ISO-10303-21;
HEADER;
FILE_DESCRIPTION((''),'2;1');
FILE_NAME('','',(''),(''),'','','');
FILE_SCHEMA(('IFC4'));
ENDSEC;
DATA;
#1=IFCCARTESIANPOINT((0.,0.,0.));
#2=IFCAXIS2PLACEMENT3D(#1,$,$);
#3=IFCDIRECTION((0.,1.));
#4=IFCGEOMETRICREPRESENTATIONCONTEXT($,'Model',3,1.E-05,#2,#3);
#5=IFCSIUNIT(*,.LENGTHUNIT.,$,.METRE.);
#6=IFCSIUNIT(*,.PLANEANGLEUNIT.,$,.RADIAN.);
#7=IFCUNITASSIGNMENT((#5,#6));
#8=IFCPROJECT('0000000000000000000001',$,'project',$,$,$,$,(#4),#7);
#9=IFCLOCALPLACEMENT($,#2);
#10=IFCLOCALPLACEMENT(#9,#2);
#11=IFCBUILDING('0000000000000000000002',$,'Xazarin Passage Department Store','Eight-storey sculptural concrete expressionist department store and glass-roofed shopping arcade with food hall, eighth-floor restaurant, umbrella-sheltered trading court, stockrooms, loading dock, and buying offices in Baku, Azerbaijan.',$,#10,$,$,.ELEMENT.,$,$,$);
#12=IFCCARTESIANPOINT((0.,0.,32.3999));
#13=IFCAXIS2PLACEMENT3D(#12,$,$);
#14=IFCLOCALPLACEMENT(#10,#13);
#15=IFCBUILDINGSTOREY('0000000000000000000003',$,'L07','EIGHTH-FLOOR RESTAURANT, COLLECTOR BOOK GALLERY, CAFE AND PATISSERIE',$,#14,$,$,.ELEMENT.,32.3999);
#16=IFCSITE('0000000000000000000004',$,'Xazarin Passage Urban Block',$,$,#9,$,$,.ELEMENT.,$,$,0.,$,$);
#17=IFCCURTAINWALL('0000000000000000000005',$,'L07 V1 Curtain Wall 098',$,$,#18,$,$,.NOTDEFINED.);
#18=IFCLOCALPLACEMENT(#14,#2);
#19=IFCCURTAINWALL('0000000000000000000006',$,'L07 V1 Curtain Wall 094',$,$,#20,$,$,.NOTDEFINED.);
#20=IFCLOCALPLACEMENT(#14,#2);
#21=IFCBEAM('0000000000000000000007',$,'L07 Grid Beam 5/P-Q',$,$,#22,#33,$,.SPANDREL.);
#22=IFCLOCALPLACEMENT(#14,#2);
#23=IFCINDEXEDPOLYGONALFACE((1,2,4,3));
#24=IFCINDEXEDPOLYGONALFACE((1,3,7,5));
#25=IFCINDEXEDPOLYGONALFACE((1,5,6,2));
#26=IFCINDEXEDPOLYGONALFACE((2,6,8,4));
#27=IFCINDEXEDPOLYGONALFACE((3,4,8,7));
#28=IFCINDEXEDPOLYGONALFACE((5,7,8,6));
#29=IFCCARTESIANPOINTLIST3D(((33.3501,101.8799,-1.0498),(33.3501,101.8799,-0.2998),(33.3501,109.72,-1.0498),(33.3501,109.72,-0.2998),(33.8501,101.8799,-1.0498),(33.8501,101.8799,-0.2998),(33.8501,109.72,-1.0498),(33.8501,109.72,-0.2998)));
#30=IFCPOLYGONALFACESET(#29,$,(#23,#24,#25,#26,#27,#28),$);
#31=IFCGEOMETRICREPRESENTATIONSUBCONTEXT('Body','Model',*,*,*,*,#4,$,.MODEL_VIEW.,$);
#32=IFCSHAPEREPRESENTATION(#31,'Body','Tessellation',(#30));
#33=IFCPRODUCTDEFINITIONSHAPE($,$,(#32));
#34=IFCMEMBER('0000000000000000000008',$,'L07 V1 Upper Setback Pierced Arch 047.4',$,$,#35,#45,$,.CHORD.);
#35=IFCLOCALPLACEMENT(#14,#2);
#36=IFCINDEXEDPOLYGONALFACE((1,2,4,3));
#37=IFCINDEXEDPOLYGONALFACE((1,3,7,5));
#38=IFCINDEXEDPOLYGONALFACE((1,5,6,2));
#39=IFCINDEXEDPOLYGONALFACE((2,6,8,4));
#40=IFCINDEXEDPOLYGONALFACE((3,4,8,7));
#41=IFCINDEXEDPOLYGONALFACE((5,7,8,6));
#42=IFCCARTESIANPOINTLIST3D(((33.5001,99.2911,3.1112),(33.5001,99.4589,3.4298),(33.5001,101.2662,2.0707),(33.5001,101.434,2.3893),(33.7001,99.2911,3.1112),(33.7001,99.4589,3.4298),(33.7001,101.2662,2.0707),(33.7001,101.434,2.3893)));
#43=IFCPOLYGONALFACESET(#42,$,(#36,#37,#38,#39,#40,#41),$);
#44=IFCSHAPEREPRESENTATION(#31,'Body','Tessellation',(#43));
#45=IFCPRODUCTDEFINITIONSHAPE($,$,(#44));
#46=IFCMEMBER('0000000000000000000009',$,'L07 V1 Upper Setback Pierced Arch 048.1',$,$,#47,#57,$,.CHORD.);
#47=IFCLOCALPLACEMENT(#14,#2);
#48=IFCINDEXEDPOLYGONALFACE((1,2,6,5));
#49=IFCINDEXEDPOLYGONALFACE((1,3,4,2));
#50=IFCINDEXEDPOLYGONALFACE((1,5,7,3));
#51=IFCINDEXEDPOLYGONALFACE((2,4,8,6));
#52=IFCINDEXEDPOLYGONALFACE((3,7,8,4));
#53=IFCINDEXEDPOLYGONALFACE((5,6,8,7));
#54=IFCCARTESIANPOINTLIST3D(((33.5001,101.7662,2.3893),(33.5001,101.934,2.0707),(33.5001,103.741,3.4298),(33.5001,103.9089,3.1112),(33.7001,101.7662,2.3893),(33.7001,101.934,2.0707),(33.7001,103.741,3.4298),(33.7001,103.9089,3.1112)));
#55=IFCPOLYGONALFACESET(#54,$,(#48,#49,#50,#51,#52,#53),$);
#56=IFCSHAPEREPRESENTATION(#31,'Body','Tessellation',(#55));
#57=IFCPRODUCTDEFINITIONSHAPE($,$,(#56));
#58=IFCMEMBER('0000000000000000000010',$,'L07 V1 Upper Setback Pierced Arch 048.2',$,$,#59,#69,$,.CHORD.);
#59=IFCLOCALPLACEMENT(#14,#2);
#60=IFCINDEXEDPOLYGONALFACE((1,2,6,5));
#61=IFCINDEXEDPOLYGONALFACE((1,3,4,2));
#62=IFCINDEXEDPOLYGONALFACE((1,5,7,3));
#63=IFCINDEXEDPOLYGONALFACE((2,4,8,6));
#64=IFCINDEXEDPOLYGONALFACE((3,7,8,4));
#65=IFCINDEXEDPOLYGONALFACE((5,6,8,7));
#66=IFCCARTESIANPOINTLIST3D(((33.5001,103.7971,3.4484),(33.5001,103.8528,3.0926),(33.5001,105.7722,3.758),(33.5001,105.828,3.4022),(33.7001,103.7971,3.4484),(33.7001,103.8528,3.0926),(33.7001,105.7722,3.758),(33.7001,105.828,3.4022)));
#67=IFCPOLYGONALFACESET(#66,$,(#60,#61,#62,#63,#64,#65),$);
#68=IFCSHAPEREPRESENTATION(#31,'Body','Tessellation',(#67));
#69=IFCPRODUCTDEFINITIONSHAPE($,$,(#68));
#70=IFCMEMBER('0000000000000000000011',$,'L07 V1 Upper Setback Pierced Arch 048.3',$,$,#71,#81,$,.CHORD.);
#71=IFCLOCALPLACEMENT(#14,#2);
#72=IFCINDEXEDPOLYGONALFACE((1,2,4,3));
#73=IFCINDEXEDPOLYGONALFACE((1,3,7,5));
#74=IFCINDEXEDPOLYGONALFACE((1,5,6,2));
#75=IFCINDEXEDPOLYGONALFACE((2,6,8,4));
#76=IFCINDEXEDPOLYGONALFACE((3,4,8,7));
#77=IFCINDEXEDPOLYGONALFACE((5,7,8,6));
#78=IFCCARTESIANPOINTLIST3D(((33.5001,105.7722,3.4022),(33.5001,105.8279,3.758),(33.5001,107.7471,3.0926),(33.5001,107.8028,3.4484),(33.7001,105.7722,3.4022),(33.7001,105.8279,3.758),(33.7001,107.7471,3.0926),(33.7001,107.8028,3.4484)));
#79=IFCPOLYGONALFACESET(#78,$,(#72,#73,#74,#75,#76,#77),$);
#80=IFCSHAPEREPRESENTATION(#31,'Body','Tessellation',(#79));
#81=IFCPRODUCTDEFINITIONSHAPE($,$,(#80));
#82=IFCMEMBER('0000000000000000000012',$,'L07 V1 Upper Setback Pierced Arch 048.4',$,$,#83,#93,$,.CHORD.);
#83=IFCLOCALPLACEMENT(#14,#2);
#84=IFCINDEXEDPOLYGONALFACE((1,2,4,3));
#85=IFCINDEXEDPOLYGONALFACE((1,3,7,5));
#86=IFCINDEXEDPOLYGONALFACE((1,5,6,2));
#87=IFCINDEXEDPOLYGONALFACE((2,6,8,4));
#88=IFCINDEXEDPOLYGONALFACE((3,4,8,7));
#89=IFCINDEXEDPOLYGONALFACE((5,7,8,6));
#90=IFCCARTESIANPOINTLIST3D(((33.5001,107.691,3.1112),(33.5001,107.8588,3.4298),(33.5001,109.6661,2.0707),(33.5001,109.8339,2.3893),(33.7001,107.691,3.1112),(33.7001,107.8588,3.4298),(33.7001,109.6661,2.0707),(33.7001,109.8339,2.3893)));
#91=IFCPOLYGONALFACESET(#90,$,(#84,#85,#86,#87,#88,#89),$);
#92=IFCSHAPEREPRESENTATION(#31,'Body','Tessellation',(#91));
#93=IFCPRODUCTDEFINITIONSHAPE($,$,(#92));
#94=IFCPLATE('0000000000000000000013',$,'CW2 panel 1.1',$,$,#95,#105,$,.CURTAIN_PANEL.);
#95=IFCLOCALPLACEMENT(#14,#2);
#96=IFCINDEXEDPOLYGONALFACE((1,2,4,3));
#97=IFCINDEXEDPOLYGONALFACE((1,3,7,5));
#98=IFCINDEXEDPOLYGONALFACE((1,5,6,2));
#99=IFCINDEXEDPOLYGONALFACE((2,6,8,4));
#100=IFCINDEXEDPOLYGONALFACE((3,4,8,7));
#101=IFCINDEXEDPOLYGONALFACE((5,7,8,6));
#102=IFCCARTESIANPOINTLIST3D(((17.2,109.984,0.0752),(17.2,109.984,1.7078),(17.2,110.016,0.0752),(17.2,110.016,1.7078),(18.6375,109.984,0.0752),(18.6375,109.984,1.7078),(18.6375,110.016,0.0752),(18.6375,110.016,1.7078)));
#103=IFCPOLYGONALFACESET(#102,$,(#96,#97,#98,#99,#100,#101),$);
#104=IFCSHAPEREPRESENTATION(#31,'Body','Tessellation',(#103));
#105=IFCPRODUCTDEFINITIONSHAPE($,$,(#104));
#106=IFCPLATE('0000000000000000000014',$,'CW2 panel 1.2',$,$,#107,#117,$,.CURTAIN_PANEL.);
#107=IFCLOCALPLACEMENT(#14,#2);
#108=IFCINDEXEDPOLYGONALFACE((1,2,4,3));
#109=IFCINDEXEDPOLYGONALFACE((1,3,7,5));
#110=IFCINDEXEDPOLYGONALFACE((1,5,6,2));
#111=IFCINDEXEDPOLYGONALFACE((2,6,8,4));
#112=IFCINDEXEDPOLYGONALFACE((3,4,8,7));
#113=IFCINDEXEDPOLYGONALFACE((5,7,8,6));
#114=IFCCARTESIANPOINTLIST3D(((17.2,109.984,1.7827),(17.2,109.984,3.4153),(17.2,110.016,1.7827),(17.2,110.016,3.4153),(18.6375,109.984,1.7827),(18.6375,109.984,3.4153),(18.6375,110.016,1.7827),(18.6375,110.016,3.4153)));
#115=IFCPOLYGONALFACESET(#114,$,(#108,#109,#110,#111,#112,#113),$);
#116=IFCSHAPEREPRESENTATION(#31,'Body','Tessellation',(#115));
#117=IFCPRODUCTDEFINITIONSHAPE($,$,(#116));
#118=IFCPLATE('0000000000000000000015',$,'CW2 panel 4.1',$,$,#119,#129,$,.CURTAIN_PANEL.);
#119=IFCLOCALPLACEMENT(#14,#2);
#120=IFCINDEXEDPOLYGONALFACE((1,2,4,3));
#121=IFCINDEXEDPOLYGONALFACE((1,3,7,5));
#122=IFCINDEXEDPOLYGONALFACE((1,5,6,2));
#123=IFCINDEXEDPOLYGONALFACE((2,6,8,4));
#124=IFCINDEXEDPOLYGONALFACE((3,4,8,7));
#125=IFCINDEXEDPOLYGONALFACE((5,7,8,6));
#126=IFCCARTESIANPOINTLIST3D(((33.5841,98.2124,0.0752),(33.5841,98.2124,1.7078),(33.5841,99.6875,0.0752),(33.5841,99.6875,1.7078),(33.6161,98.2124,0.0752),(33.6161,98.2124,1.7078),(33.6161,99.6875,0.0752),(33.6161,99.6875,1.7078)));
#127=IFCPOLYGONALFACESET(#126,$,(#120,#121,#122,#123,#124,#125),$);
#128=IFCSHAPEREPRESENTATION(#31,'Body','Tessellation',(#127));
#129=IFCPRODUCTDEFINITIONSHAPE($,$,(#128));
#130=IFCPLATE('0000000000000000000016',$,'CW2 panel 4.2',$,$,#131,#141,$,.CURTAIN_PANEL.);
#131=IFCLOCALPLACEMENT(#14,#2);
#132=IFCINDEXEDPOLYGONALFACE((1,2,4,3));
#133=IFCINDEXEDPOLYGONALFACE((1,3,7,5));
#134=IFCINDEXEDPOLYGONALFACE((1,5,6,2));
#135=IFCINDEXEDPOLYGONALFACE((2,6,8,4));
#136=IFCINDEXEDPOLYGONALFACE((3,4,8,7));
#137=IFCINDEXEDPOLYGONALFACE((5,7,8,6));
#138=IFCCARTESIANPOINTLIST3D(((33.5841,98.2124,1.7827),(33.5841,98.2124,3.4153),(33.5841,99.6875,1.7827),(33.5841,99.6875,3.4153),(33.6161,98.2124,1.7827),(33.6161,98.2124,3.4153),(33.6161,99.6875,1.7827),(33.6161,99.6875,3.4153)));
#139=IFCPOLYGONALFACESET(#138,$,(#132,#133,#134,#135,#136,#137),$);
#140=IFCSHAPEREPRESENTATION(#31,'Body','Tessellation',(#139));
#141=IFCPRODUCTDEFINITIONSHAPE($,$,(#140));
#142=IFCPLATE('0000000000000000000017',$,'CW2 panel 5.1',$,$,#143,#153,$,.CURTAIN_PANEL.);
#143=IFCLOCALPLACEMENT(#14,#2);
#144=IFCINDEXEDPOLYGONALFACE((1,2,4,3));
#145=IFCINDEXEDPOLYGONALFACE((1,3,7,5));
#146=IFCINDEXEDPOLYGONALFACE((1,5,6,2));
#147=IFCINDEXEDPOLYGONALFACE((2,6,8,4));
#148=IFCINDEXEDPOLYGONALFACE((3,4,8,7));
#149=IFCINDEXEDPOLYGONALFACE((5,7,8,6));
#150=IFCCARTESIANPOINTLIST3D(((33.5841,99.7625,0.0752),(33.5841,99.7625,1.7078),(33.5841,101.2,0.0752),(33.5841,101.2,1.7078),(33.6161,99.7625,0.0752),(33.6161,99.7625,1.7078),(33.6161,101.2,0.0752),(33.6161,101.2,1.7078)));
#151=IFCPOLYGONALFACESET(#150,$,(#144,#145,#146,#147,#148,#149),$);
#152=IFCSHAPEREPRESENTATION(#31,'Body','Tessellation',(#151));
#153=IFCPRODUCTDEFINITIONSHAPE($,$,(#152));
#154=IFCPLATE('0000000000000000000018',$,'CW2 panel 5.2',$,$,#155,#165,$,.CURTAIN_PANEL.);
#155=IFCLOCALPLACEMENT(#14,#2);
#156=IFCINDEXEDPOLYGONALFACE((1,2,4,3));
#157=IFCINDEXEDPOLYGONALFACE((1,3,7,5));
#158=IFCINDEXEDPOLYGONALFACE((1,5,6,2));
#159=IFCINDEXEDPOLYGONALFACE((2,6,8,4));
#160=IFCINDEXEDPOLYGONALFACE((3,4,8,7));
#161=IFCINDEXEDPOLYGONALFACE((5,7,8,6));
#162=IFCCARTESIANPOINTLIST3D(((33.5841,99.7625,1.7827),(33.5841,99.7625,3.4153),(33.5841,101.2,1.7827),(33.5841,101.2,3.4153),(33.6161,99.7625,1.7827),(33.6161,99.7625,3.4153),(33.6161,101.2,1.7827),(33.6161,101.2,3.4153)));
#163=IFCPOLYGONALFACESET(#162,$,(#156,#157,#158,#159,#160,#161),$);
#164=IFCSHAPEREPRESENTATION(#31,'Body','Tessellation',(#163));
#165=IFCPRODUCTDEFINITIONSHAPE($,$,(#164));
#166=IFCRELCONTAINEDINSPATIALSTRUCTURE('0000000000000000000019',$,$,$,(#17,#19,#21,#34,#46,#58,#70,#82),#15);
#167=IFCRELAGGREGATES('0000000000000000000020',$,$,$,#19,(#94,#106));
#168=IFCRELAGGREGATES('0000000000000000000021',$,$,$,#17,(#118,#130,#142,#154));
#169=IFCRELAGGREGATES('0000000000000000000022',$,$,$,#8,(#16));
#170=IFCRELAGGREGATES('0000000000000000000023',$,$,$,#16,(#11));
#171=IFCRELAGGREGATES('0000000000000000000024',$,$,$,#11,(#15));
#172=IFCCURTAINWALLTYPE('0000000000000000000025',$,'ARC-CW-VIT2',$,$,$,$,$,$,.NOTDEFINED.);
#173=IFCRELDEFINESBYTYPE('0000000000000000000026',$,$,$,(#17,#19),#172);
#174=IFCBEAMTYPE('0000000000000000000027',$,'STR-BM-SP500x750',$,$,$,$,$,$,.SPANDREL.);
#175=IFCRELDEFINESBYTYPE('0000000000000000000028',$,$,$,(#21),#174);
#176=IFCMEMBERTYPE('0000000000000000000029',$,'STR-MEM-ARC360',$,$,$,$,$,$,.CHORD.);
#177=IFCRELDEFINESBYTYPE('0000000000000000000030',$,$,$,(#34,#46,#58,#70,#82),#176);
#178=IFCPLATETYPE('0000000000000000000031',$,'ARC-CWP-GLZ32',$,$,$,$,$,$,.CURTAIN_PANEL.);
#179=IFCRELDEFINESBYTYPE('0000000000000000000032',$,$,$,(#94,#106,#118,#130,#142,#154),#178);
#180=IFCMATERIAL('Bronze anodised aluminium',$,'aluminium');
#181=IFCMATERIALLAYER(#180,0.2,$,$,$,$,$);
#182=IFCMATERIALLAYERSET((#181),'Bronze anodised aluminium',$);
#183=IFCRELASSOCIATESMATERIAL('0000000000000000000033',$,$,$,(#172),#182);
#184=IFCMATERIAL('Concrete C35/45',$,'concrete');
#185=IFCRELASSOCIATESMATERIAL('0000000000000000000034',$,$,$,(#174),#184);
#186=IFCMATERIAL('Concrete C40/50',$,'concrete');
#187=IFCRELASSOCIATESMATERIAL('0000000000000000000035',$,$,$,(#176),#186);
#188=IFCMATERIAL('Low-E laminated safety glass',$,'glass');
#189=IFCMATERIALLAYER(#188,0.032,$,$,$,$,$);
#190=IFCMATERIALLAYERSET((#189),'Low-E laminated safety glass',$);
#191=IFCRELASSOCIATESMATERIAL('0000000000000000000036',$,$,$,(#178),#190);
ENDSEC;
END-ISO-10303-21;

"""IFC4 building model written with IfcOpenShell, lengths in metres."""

from ifc_helpers import new_model, si_unit, direction, frame, origin, origin_2d, place, context, subcontext, project, spatial, rectangle, extrude, material, layer, layer_set, material_profile, profile_set, type_object, element, aggregate, save


model = new_model("IFC4")

# Units and contexts
model_context = context("Model", 3, precision=1e-05, world=origin(), true_north=direction((0.0, 1.0)))
body_context = subcontext(model_context, "Body", "Model", "MODEL_VIEW")
ifc_project = project(units=[si_unit("LENGTHUNIT", "METRE"), si_unit("PLANEANGLEUNIT", "RADIAN")], contexts=[model_context])

# Site, building, storey
site_placement = place(None, origin())
site = spatial("IfcSite", under=ifc_project, at=site_placement, Name="Xazarin Passage Urban Block", CompositionType="ELEMENT", RefElevation=0.0)
building_placement = place(site_placement, origin())
building = spatial("IfcBuilding", under=site, at=building_placement, Name="Xazarin Passage Department Store", Description="Eight-storey sculptural concrete expressionist department store and glass-roofed shopping arcade with food hall, eighth-floor restaurant, umbrella-sheltered trading court, stockrooms, loading dock, and buying offices in Baku, Azerbaijan.", CompositionType="ELEMENT")
storey_placement = place(building_placement, frame((0.0, 0.0, 32.3999)))
storey = spatial("IfcBuildingStorey", under=building, at=storey_placement, Name="L07", Description="EIGHTH-FLOOR RESTAURANT, COLLECTOR BOOK GALLERY, CAFE AND PATISSERIE", CompositionType="ELEMENT", Elevation=32.3999)

# Shared definitions
ifc_material_1 = material(Name="Concrete C40/50", Category="concrete")

# Curtain wall
ifc_material_2 = material(Name="Bronze anodised aluminium", Category="aluminium")
ifc_layer_1 = layer(ifc_material_2, 0.2)
ifc_layer_set_1 = layer_set([ifc_layer_1], Name="Bronze anodised aluminium")
curtain_wall_type = type_object("IfcCurtainWallType", Name="ARC-CW-VIT2", PredefinedType="NOTDEFINED", material=ifc_layer_set_1)
curtain_wall_1_placement = place(storey_placement, origin())
curtain_wall_1 = element("IfcCurtainWall", 1, at=curtain_wall_1_placement, inside=storey, type_object=curtain_wall_type, Name="L07 V1 Curtain Wall 098", PredefinedType="NOTDEFINED")

# Curtain wall
curtain_wall_2_placement = place(storey_placement, origin())
curtain_wall_2 = element("IfcCurtainWall", 2, at=curtain_wall_2_placement, inside=storey, type_object=curtain_wall_type, Name="L07 V1 Curtain Wall 094", PredefinedType="NOTDEFINED")

# Beam
ifc_material_3 = material(Name="Concrete C35/45", Category="concrete")
ifc_material_profile_1 = material_profile(ifc_material_3, rectangle(XDim=0.5, YDim=0.75, at=origin_2d()), Name="RC 500x750")
ifc_profile_set_1 = profile_set([ifc_material_profile_1], Name="Concrete C35/45")
beam_type_1 = type_object("IfcBeamType", Name="STR-BM-SP500x750", PredefinedType="SPANDREL", material=ifc_profile_set_1)
beam_placement = place(storey_placement, frame((33.6001, 101.8799, -0.6748), z_axis=(0.0, 1.0, 0.0), x_axis=(-1.0, 0.0, 0.0)))
element("IfcBeam", 3, at=beam_placement, inside=storey, type_object=beam_type_1, Name="L07 Grid Beam 5/P-Q", PredefinedType="SPANDREL", context=body_context, shape_type="SweptSolid", body=[
    extrude(rectangle(XDim=0.5, YDim=0.75, at=origin_2d()), origin(), (0.0, 0.0, 1.0), 7.8401),
])

# Members
ifc_material_profile_2 = material_profile(ifc_material_1, rectangle(XDim=0.2, YDim=0.3601, at=origin_2d()), Name="RC 200x360")
ifc_profile_set_2 = profile_set([ifc_material_profile_2], Name="Concrete C40/50")
member_type_1 = type_object("IfcMemberType", Name="STR-MEM-ARC360", PredefinedType="CHORD", material=ifc_profile_set_2)
member_1_placement = place(storey_placement, frame((33.6001, 99.375, 3.2705), z_axis=(0.0, 0.884733, -0.466098), x_axis=(-1.0, 0.0, 0.0)))
element("IfcMember", 4, at=member_1_placement, inside=storey, type_object=member_type_1, Name="L07 V1 Upper Setback Pierced Arch 047.4", PredefinedType="CHORD", context=body_context, shape_type="SweptSolid", body=[
    extrude(rectangle(XDim=0.2, YDim=0.3601, at=origin_2d()), origin(), (0.0, 0.0, 1.0), 2.2324),
])
member_2_placement = place(storey_placement, frame((33.6001, 101.8501, 2.23), z_axis=(0.0, 0.884709, 0.466143), x_axis=(-1.0, 0.0, 0.0)))
element("IfcMember", 5, at=member_2_placement, inside=storey, type_object=member_type_1, Name="L07 V1 Upper Setback Pierced Arch 048.1", PredefinedType="CHORD", context=body_context, shape_type="SweptSolid", body=[
    extrude(rectangle(XDim=0.2, YDim=0.3601, at=origin_2d()), origin(), (0.0, 0.0, 1.0), 2.2322),
])
member_3_placement = place(storey_placement, frame((33.6001, 103.825, 3.2705), z_axis=(0.0, 0.987939, 0.154846), x_axis=(-1.0, 0.0, 0.0)))
element("IfcMember", 6, at=member_3_placement, inside=storey, type_object=member_type_1, Name="L07 V1 Upper Setback Pierced Arch 048.2", PredefinedType="CHORD", context=body_context, shape_type="SweptSolid", body=[
    extrude(rectangle(XDim=0.2, YDim=0.3601, at=origin_2d()), origin(), (0.0, 0.0, 1.0), 1.9993),
])
member_4_placement = place(storey_placement, frame((33.6001, 105.8, 3.5801), z_axis=(0.0, 0.987936, -0.154865), x_axis=(-1.0, 0.0, 0.0)))
element("IfcMember", 7, at=member_4_placement, inside=storey, type_object=member_type_1, Name="L07 V1 Upper Setback Pierced Arch 048.3", PredefinedType="CHORD", context=body_context, shape_type="SweptSolid", body=[
    extrude(rectangle(XDim=0.2, YDim=0.3601, at=origin_2d()), origin(), (0.0, 0.0, 1.0), 1.999),
])
member_5_placement = place(storey_placement, frame((33.6001, 107.7749, 3.2705), z_axis=(0.0, 0.884733, -0.466098), x_axis=(-1.0, 0.0, 0.0)))
element("IfcMember", 8, at=member_5_placement, inside=storey, type_object=member_type_1, Name="L07 V1 Upper Setback Pierced Arch 048.4", PredefinedType="CHORD", context=body_context, shape_type="SweptSolid", body=[
    extrude(rectangle(XDim=0.2, YDim=0.3601, at=origin_2d()), origin(), (0.0, 0.0, 1.0), 2.2324),
])

# Plates
ifc_material_4 = material(Name="Low-E laminated safety glass", Category="glass")
ifc_layer_2 = layer(ifc_material_4, 0.032)
ifc_layer_set_2 = layer_set([ifc_layer_2], Name="Low-E laminated safety glass")
plate_type = type_object("IfcPlateType", Name="ARC-CWP-GLZ32", PredefinedType="CURTAIN_PANEL", material=ifc_layer_set_2)
plate_1_placement = place(storey_placement, frame((17.9187, 110.0, 0.0752), z_axis=(0.0, 0.0, 1.0), x_axis=(1.0, 0.0, 0.0)))
plate_1 = element("IfcPlate", 9, at=plate_1_placement, type_object=plate_type, Name="CW2 panel 1.1", PredefinedType="CURTAIN_PANEL", context=body_context, shape_type="SweptSolid", body=[
    extrude(rectangle(XDim=1.4375, YDim=0.032, at=origin_2d()), origin(), (0.0, 0.0, 1.0), 1.6326),
])
plate_2_placement = place(storey_placement, frame((17.9187, 110.0, 1.7827), z_axis=(0.0, 0.0, 1.0), x_axis=(1.0, 0.0, 0.0)))
plate_2 = element("IfcPlate", 10, at=plate_2_placement, type_object=plate_type, Name="CW2 panel 1.2", PredefinedType="CURTAIN_PANEL", context=body_context, shape_type="SweptSolid", body=[
    extrude(rectangle(XDim=1.4375, YDim=0.032, at=origin_2d()), origin(), (0.0, 0.0, 1.0), 1.6326),
])
aggregate(curtain_wall_2, [plate_1, plate_2])
plate_3_placement = place(storey_placement, frame((33.6001, 98.95, 0.0752), z_axis=(0.0, 0.0, 1.0), x_axis=(0.0, 1.0, 0.0)))
plate_3 = element("IfcPlate", 11, at=plate_3_placement, type_object=plate_type, Name="CW2 panel 4.1", PredefinedType="CURTAIN_PANEL", context=body_context, shape_type="SweptSolid", body=[
    extrude(rectangle(XDim=1.4751, YDim=0.032, at=origin_2d()), origin(), (0.0, 0.0, 1.0), 1.6326),
])
plate_4_placement = place(storey_placement, frame((33.6001, 98.95, 1.7827), z_axis=(0.0, 0.0, 1.0), x_axis=(0.0, 1.0, 0.0)))
plate_4 = element("IfcPlate", 12, at=plate_4_placement, type_object=plate_type, Name="CW2 panel 4.2", PredefinedType="CURTAIN_PANEL", context=body_context, shape_type="SweptSolid", body=[
    extrude(rectangle(XDim=1.4751, YDim=0.032, at=origin_2d()), origin(), (0.0, 0.0, 1.0), 1.6326),
])
plate_5_placement = place(storey_placement, frame((33.6001, 100.4812, 0.0752), z_axis=(0.0, 0.0, 1.0), x_axis=(0.0, 1.0, 0.0)))
plate_5 = element("IfcPlate", 13, at=plate_5_placement, type_object=plate_type, Name="CW2 panel 5.1", PredefinedType="CURTAIN_PANEL", context=body_context, shape_type="SweptSolid", body=[
    extrude(rectangle(XDim=1.4375, YDim=0.032, at=origin_2d()), origin(), (0.0, 0.0, 1.0), 1.6326),
])
plate_6_placement = place(storey_placement, frame((33.6001, 100.4812, 1.7827), z_axis=(0.0, 0.0, 1.0), x_axis=(0.0, 1.0, 0.0)))
plate_6 = element("IfcPlate", 14, at=plate_6_placement, type_object=plate_type, Name="CW2 panel 5.2", PredefinedType="CURTAIN_PANEL", context=body_context, shape_type="SweptSolid", body=[
    extrude(rectangle(XDim=1.4375, YDim=0.032, at=origin_2d()), origin(), (0.0, 0.0, 1.0), 1.6326),
])
aggregate(curtain_wall_1, [plate_3, plate_4, plate_5, plate_6])

save(model, "model.ifc")
